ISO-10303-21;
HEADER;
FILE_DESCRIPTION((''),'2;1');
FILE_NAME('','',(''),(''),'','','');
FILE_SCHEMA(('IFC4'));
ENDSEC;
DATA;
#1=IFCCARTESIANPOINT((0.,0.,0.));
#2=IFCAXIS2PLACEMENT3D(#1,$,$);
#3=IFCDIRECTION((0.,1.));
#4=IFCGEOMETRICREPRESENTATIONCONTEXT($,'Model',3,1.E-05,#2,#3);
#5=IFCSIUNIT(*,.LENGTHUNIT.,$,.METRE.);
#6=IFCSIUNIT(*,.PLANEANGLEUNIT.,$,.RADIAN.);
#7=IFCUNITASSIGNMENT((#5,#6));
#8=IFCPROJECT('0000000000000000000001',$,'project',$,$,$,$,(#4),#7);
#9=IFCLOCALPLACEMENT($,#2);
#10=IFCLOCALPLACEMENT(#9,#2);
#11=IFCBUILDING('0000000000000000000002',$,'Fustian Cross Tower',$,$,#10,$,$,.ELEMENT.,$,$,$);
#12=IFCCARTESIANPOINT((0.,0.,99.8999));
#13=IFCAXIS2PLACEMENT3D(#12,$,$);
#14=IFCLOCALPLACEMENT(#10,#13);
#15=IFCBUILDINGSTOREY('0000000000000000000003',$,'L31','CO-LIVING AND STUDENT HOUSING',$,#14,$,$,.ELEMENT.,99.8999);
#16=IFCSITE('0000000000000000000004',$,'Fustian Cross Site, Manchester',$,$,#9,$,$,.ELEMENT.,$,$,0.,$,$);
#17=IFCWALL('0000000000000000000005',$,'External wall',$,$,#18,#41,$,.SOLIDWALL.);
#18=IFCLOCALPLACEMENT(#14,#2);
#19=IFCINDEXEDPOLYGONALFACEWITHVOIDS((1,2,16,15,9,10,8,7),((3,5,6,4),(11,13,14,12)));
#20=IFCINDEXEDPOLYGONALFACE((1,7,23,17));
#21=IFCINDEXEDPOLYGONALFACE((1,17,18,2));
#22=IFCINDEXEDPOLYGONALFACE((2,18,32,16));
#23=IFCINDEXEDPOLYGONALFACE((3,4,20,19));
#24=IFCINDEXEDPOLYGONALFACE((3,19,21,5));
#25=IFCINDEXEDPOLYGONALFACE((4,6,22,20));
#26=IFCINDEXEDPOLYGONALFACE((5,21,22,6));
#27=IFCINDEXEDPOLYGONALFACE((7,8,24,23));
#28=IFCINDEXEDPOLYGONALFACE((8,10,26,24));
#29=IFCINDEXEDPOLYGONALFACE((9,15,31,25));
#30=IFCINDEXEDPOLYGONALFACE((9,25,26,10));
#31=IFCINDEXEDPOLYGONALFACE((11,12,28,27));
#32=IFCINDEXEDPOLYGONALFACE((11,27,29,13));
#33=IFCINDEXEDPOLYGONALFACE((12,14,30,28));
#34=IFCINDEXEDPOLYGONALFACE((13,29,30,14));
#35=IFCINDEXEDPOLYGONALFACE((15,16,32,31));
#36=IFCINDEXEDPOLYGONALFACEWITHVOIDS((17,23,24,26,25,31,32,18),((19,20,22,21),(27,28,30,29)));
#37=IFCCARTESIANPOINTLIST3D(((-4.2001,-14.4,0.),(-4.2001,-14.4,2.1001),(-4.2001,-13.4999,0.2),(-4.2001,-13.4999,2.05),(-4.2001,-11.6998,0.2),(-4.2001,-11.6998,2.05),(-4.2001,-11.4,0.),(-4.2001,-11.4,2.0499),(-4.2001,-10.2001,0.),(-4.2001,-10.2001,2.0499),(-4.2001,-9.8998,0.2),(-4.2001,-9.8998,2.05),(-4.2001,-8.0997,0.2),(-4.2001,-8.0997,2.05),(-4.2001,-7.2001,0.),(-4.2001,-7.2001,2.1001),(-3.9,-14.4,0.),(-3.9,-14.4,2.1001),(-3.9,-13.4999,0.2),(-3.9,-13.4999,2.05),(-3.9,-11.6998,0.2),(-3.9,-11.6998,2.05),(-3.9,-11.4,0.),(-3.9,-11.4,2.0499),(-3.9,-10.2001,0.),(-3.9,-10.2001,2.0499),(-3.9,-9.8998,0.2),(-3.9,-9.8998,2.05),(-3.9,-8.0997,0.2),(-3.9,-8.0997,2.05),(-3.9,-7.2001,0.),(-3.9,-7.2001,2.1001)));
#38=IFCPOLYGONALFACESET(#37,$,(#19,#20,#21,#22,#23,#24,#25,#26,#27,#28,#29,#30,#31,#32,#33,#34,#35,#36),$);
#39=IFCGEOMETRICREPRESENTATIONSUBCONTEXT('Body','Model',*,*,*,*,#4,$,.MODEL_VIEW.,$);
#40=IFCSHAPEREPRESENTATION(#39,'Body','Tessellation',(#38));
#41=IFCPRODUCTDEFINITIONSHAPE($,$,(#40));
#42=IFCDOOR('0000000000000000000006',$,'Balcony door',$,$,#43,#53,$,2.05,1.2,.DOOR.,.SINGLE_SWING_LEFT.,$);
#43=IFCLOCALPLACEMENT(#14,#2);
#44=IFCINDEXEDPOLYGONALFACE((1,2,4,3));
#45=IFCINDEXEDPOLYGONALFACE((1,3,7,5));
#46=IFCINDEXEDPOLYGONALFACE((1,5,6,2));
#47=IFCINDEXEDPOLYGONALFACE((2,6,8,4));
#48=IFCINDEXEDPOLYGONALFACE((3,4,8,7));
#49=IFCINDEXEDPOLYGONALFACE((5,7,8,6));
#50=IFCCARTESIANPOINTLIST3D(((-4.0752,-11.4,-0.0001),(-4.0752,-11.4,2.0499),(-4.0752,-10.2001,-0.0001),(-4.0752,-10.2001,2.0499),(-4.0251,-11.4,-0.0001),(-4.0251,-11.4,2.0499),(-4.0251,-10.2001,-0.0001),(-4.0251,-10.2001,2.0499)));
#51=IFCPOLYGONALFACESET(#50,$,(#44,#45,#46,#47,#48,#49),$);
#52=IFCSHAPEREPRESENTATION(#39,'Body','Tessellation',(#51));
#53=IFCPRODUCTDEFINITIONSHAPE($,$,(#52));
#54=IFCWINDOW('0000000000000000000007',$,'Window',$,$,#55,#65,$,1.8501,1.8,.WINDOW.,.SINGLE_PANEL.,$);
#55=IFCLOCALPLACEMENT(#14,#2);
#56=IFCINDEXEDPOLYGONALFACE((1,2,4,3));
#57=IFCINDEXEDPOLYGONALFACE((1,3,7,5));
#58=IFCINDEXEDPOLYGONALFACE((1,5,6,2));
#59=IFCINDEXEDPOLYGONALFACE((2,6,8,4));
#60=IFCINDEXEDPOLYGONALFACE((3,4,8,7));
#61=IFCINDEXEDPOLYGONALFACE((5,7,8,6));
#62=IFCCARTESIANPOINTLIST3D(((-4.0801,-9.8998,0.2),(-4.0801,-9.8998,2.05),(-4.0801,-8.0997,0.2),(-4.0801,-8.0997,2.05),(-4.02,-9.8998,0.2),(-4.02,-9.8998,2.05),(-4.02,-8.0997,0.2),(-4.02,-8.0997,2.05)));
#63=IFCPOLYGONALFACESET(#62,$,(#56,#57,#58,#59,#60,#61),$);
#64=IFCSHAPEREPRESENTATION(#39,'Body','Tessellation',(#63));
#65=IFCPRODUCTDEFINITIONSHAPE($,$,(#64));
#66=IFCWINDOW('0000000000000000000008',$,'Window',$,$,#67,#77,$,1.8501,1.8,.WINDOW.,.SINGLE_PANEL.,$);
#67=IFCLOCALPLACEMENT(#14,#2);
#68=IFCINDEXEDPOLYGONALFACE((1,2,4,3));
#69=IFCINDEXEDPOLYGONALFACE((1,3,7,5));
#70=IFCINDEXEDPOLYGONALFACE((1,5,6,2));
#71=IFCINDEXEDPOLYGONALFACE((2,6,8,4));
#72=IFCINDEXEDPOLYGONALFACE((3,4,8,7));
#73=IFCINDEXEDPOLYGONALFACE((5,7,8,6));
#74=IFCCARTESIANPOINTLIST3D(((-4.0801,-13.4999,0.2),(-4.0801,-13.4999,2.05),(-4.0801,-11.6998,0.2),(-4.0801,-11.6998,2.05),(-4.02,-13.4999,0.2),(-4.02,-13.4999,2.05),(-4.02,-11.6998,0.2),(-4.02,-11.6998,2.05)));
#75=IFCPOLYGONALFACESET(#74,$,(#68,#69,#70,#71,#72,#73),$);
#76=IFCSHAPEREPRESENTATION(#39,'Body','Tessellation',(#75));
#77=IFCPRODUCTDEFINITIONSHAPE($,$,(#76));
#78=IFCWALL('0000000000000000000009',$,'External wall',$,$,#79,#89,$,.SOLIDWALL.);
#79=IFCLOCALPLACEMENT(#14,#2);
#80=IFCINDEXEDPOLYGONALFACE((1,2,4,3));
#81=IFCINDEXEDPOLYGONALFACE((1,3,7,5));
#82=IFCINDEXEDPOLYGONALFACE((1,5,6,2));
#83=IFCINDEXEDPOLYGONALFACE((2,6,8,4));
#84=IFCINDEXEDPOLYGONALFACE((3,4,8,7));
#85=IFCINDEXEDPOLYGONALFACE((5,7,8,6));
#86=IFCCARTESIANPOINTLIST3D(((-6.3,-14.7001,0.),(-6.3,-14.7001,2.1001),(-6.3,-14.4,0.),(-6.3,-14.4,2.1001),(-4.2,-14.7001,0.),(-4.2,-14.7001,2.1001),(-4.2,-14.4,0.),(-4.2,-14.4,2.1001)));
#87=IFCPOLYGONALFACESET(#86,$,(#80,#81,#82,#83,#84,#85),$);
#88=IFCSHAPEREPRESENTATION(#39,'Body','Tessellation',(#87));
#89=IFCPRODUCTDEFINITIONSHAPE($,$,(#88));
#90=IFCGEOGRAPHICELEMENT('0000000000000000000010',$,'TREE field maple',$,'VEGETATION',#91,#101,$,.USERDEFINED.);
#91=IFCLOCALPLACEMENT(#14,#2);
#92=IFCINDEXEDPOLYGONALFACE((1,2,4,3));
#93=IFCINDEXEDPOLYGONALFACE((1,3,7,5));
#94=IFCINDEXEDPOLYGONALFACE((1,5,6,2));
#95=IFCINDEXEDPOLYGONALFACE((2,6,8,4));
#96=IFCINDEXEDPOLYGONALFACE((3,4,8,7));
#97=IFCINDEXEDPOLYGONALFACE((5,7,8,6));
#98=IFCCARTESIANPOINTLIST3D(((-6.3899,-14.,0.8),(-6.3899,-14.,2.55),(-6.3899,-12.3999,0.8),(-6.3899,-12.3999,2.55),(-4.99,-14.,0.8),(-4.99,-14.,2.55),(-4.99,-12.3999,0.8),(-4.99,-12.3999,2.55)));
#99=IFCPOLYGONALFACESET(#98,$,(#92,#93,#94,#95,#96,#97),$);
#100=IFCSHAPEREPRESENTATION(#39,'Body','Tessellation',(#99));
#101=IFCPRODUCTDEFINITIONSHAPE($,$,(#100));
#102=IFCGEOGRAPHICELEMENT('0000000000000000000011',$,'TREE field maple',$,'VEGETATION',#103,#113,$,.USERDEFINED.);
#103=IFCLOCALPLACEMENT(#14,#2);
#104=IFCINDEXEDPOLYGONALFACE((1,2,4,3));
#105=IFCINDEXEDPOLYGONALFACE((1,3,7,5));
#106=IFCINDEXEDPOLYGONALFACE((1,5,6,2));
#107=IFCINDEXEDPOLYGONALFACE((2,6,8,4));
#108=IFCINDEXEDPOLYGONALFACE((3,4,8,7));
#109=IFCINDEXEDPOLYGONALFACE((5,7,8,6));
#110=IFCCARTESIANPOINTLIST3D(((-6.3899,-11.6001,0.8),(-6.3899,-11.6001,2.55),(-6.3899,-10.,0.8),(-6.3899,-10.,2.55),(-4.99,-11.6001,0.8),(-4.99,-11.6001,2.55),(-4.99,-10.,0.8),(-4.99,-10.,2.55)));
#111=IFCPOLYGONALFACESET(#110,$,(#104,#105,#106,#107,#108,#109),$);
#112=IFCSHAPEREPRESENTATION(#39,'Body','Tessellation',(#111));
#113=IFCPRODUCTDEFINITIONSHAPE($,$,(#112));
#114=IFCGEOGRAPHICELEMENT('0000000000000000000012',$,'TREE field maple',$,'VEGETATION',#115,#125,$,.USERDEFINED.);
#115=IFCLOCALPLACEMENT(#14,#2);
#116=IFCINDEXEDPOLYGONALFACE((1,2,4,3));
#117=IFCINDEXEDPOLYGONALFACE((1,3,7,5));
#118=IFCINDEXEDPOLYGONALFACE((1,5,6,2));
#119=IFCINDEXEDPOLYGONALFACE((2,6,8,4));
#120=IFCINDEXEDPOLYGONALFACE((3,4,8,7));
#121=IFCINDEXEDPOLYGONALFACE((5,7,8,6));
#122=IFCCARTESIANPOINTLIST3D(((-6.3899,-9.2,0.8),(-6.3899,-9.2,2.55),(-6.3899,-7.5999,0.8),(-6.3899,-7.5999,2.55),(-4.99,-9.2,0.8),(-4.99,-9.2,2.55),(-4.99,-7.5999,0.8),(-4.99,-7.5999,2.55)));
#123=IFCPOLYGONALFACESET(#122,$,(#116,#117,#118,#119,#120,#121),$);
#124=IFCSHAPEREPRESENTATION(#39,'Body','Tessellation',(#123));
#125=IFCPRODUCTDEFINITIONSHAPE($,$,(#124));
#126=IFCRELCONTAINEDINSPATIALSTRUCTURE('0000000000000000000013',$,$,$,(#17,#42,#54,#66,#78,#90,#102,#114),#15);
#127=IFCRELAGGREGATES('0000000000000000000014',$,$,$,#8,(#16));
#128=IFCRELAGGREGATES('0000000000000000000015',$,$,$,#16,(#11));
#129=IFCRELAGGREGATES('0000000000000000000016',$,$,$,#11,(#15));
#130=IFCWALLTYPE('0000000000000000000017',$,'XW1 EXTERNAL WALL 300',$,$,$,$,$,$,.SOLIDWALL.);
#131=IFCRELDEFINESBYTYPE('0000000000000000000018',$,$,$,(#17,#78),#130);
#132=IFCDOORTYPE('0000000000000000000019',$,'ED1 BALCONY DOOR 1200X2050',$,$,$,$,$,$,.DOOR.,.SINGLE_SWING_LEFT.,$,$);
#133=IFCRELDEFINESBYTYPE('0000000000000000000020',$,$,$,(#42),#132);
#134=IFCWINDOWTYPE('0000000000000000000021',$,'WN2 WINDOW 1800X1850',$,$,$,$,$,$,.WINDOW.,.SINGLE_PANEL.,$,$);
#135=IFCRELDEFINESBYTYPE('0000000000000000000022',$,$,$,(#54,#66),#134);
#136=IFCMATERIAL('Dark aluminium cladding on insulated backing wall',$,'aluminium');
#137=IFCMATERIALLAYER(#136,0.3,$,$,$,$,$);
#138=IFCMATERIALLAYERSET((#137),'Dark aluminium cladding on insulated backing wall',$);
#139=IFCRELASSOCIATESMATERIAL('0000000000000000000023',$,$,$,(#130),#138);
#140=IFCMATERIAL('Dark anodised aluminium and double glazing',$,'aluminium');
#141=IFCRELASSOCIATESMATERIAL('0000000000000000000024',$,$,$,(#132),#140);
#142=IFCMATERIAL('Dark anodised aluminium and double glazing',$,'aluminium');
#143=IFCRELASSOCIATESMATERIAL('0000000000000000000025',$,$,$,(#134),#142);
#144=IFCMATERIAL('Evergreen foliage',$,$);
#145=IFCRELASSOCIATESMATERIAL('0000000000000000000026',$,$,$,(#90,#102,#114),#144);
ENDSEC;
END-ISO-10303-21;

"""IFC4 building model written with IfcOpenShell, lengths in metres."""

from ifc_helpers import new_model, si_unit, direction, frame, frame_2d, origin, origin_2d, place, context, subcontext, project, spatial, rectangle, extrude, material, layer, layer_set, type_object, element, fill, save


model = new_model("IFC4")

# Units and contexts
model_context = context("Model", 3, precision=1e-05, world=origin(), true_north=direction((0.0, 1.0)))
body_context = subcontext(model_context, "Body", "Model", "MODEL_VIEW")
ifc_project = project(units=[si_unit("LENGTHUNIT", "METRE"), si_unit("PLANEANGLEUNIT", "RADIAN")], contexts=[model_context])

# Site, building, storey
site_placement = place(None, origin())
site = spatial("IfcSite", under=ifc_project, at=site_placement, Name="Fustian Cross Site, Manchester", CompositionType="ELEMENT", RefElevation=0.0)
building_placement = place(site_placement, origin())
building = spatial("IfcBuilding", under=site, at=building_placement, Name="Fustian Cross Tower", CompositionType="ELEMENT")
storey_placement = place(building_placement, frame((0.0, 0.0, 99.8999)))
storey = spatial("IfcBuildingStorey", under=building, at=storey_placement, Name="L31", Description="CO-LIVING AND STUDENT HOUSING", CompositionType="ELEMENT", Elevation=99.8999)

# Wall, openings, door, windows
ifc_material_1 = material(Name="Dark aluminium cladding on insulated backing wall", Category="aluminium")
ifc_layer_1 = layer(ifc_material_1, 0.3)
ifc_layer_set_1 = layer_set([ifc_layer_1], Name="Dark aluminium cladding on insulated backing wall")
wall_type_1 = type_object("IfcWallType", Name="XW1 EXTERNAL WALL 300", PredefinedType="SOLIDWALL", material=ifc_layer_set_1)
wall_1_placement = place(storey_placement, frame((-4.05, -7.2, 0.0), z_axis=(0.0, 0.0, 1.0), x_axis=(0.0, -1.0, 0.0)))
wall_1 = element("IfcWall", 1, at=wall_1_placement, inside=storey, type_object=wall_type_1, Name="External wall", PredefinedType="SOLIDWALL", context=body_context, shape_type="SweptSolid", body=[
    extrude(rectangle(XDim=7.2, YDim=0.3, at=frame_2d((3.6001, 0.0))), origin(), (0.0, 0.0, 1.0), 2.1001),
])
opening_1_placement = place(wall_1_placement, frame((3.0, 0.0, 0.0)))
opening_1 = element("IfcOpeningElement", 2, at=opening_1_placement, cuts=wall_1, PredefinedType="OPENING", context=body_context, shape_type="SweptSolid", body=[
    extrude(rectangle(XDim=1.2, YDim=2.05, at=frame_2d((0.6001, 1.0249))), frame((0.0, 0.1599, 0.0), z_axis=(0.0, -1.0, 0.0), x_axis=(1.0, 0.0, 0.0)), (0.0, 0.0, 1.0), 0.3201),
])
opening_2_placement = place(wall_1_placement, frame((0.8999, 0.0, 0.2)))
opening_2 = element("IfcOpeningElement", 3, at=opening_2_placement, cuts=wall_1, PredefinedType="OPENING", context=body_context, shape_type="SweptSolid", body=[
    extrude(rectangle(XDim=1.8, YDim=1.8501, at=frame_2d((0.8999, 0.925))), frame((0.0, 0.1599, 0.0), z_axis=(0.0, -1.0, 0.0), x_axis=(1.0, 0.0, 0.0)), (0.0, 0.0, 1.0), 0.3201),
])
opening_3_placement = place(wall_1_placement, frame((4.5, 0.0, 0.2)))
opening_3 = element("IfcOpeningElement", 4, at=opening_3_placement, cuts=wall_1, PredefinedType="OPENING", context=body_context, shape_type="SweptSolid", body=[
    extrude(rectangle(XDim=1.8, YDim=1.8501, at=frame_2d((0.8999, 0.925))), frame((0.0, 0.1599, 0.0), z_axis=(0.0, -1.0, 0.0), x_axis=(1.0, 0.0, 0.0)), (0.0, 0.0, 1.0), 0.3201),
])
ifc_material_2 = material(Name="Dark anodised aluminium and double glazing", Category="aluminium")
door_type_1 = type_object("IfcDoorType", Name="ED1 BALCONY DOOR 1200X2050", OperationType="SINGLE_SWING_LEFT", PredefinedType="DOOR", material=ifc_material_2)
door_1_placement = place(opening_1_placement, origin())
door_1 = element("IfcDoor", 5, at=door_1_placement, inside=storey, type_object=door_type_1, Name="Balcony door", OperationType="SINGLE_SWING_LEFT", OverallHeight=2.05, OverallWidth=1.2, PredefinedType="DOOR", context=body_context, shape_type="SweptSolid", body=[
    extrude(rectangle(XDim=1.2, YDim=2.05, at=frame_2d((0.6001, 1.0249))), frame((0.0, 0.0249, 0.0), z_axis=(0.0, -1.0, 0.0), x_axis=(1.0, 0.0, 0.0)), (0.0, 0.0, 1.0), 0.05),
])
fill(opening_1, door_1)
ifc_material_3 = material(Name="Dark anodised aluminium and double glazing", Category="aluminium")
window_type = type_object("IfcWindowType", Name="WN2 WINDOW 1800X1850", PartitioningType="SINGLE_PANEL", PredefinedType="WINDOW", material=ifc_material_3)
window_1_placement = place(opening_2_placement, origin())
window_1 = element("IfcWindow", 6, at=window_1_placement, inside=storey, type_object=window_type, Name="Window", OverallHeight=1.8501, OverallWidth=1.8, PartitioningType="SINGLE_PANEL", PredefinedType="WINDOW", context=body_context, shape_type="SweptSolid", body=[
    extrude(rectangle(XDim=1.8, YDim=1.8501, at=frame_2d((0.8999, 0.925))), frame((0.0, 0.03, 0.0), z_axis=(0.0, -1.0, 0.0), x_axis=(1.0, 0.0, 0.0)), (0.0, 0.0, 1.0), 0.0601),
])
fill(opening_2, window_1)
window_2_placement = place(opening_3_placement, origin())
window_2 = element("IfcWindow", 7, at=window_2_placement, inside=storey, type_object=window_type, Name="Window", OverallHeight=1.8501, OverallWidth=1.8, PartitioningType="SINGLE_PANEL", PredefinedType="WINDOW", context=body_context, shape_type="SweptSolid", body=[
    extrude(rectangle(XDim=1.8, YDim=1.8501, at=frame_2d((0.8999, 0.925))), frame((0.0, 0.03, 0.0), z_axis=(0.0, -1.0, 0.0), x_axis=(1.0, 0.0, 0.0)), (0.0, 0.0, 1.0), 0.0601),
])
fill(opening_3, window_2)

# Wall
wall_2_placement = place(storey_placement, frame((-4.2, -14.55, 0.0), z_axis=(0.0, 0.0, 1.0), x_axis=(-1.0, 0.0, 0.0)))
element("IfcWall", 8, at=wall_2_placement, inside=storey, type_object=wall_type_1, Name="External wall", PredefinedType="SOLIDWALL", context=body_context, shape_type="SweptSolid", body=[
    extrude(rectangle(XDim=2.1001, YDim=0.3, at=frame_2d((1.05, 0.0))), origin(), (0.0, 0.0, 1.0), 2.1001),
])

# Geographic elements
ifc_material_4 = material(Name="Evergreen foliage")
for number, where, z_axis, x_axis, name in (
    (9, (-5.6899, -13.2, 0.8), (0.0, 0.0, 1.0), (1.0, 0.0, 0.0), "TREE field maple"),
    (10, (-5.6899, -10.8, 0.8), (0.0, 0.0, 1.0), (1.0, 0.0, 0.0), "TREE field maple"),
    (11, (-5.6899, -8.3999, 0.8), (0.0, 0.0, 1.0), (1.0, 0.0, 0.0), "TREE field maple"),
):
    element("IfcGeographicElement", number, at=place(storey_placement, frame(where, z_axis=z_axis, x_axis=x_axis)), inside=storey, material=ifc_material_4, Name=name, ObjectType="VEGETATION", PredefinedType="USERDEFINED", context=body_context, shape_type="SweptSolid", body=[
        extrude(rectangle(XDim=1.3999, YDim=1.6001, at=origin_2d()), origin(), (0.0, 0.0, 1.0), 1.75),
    ])

save(model, "model.ifc")
